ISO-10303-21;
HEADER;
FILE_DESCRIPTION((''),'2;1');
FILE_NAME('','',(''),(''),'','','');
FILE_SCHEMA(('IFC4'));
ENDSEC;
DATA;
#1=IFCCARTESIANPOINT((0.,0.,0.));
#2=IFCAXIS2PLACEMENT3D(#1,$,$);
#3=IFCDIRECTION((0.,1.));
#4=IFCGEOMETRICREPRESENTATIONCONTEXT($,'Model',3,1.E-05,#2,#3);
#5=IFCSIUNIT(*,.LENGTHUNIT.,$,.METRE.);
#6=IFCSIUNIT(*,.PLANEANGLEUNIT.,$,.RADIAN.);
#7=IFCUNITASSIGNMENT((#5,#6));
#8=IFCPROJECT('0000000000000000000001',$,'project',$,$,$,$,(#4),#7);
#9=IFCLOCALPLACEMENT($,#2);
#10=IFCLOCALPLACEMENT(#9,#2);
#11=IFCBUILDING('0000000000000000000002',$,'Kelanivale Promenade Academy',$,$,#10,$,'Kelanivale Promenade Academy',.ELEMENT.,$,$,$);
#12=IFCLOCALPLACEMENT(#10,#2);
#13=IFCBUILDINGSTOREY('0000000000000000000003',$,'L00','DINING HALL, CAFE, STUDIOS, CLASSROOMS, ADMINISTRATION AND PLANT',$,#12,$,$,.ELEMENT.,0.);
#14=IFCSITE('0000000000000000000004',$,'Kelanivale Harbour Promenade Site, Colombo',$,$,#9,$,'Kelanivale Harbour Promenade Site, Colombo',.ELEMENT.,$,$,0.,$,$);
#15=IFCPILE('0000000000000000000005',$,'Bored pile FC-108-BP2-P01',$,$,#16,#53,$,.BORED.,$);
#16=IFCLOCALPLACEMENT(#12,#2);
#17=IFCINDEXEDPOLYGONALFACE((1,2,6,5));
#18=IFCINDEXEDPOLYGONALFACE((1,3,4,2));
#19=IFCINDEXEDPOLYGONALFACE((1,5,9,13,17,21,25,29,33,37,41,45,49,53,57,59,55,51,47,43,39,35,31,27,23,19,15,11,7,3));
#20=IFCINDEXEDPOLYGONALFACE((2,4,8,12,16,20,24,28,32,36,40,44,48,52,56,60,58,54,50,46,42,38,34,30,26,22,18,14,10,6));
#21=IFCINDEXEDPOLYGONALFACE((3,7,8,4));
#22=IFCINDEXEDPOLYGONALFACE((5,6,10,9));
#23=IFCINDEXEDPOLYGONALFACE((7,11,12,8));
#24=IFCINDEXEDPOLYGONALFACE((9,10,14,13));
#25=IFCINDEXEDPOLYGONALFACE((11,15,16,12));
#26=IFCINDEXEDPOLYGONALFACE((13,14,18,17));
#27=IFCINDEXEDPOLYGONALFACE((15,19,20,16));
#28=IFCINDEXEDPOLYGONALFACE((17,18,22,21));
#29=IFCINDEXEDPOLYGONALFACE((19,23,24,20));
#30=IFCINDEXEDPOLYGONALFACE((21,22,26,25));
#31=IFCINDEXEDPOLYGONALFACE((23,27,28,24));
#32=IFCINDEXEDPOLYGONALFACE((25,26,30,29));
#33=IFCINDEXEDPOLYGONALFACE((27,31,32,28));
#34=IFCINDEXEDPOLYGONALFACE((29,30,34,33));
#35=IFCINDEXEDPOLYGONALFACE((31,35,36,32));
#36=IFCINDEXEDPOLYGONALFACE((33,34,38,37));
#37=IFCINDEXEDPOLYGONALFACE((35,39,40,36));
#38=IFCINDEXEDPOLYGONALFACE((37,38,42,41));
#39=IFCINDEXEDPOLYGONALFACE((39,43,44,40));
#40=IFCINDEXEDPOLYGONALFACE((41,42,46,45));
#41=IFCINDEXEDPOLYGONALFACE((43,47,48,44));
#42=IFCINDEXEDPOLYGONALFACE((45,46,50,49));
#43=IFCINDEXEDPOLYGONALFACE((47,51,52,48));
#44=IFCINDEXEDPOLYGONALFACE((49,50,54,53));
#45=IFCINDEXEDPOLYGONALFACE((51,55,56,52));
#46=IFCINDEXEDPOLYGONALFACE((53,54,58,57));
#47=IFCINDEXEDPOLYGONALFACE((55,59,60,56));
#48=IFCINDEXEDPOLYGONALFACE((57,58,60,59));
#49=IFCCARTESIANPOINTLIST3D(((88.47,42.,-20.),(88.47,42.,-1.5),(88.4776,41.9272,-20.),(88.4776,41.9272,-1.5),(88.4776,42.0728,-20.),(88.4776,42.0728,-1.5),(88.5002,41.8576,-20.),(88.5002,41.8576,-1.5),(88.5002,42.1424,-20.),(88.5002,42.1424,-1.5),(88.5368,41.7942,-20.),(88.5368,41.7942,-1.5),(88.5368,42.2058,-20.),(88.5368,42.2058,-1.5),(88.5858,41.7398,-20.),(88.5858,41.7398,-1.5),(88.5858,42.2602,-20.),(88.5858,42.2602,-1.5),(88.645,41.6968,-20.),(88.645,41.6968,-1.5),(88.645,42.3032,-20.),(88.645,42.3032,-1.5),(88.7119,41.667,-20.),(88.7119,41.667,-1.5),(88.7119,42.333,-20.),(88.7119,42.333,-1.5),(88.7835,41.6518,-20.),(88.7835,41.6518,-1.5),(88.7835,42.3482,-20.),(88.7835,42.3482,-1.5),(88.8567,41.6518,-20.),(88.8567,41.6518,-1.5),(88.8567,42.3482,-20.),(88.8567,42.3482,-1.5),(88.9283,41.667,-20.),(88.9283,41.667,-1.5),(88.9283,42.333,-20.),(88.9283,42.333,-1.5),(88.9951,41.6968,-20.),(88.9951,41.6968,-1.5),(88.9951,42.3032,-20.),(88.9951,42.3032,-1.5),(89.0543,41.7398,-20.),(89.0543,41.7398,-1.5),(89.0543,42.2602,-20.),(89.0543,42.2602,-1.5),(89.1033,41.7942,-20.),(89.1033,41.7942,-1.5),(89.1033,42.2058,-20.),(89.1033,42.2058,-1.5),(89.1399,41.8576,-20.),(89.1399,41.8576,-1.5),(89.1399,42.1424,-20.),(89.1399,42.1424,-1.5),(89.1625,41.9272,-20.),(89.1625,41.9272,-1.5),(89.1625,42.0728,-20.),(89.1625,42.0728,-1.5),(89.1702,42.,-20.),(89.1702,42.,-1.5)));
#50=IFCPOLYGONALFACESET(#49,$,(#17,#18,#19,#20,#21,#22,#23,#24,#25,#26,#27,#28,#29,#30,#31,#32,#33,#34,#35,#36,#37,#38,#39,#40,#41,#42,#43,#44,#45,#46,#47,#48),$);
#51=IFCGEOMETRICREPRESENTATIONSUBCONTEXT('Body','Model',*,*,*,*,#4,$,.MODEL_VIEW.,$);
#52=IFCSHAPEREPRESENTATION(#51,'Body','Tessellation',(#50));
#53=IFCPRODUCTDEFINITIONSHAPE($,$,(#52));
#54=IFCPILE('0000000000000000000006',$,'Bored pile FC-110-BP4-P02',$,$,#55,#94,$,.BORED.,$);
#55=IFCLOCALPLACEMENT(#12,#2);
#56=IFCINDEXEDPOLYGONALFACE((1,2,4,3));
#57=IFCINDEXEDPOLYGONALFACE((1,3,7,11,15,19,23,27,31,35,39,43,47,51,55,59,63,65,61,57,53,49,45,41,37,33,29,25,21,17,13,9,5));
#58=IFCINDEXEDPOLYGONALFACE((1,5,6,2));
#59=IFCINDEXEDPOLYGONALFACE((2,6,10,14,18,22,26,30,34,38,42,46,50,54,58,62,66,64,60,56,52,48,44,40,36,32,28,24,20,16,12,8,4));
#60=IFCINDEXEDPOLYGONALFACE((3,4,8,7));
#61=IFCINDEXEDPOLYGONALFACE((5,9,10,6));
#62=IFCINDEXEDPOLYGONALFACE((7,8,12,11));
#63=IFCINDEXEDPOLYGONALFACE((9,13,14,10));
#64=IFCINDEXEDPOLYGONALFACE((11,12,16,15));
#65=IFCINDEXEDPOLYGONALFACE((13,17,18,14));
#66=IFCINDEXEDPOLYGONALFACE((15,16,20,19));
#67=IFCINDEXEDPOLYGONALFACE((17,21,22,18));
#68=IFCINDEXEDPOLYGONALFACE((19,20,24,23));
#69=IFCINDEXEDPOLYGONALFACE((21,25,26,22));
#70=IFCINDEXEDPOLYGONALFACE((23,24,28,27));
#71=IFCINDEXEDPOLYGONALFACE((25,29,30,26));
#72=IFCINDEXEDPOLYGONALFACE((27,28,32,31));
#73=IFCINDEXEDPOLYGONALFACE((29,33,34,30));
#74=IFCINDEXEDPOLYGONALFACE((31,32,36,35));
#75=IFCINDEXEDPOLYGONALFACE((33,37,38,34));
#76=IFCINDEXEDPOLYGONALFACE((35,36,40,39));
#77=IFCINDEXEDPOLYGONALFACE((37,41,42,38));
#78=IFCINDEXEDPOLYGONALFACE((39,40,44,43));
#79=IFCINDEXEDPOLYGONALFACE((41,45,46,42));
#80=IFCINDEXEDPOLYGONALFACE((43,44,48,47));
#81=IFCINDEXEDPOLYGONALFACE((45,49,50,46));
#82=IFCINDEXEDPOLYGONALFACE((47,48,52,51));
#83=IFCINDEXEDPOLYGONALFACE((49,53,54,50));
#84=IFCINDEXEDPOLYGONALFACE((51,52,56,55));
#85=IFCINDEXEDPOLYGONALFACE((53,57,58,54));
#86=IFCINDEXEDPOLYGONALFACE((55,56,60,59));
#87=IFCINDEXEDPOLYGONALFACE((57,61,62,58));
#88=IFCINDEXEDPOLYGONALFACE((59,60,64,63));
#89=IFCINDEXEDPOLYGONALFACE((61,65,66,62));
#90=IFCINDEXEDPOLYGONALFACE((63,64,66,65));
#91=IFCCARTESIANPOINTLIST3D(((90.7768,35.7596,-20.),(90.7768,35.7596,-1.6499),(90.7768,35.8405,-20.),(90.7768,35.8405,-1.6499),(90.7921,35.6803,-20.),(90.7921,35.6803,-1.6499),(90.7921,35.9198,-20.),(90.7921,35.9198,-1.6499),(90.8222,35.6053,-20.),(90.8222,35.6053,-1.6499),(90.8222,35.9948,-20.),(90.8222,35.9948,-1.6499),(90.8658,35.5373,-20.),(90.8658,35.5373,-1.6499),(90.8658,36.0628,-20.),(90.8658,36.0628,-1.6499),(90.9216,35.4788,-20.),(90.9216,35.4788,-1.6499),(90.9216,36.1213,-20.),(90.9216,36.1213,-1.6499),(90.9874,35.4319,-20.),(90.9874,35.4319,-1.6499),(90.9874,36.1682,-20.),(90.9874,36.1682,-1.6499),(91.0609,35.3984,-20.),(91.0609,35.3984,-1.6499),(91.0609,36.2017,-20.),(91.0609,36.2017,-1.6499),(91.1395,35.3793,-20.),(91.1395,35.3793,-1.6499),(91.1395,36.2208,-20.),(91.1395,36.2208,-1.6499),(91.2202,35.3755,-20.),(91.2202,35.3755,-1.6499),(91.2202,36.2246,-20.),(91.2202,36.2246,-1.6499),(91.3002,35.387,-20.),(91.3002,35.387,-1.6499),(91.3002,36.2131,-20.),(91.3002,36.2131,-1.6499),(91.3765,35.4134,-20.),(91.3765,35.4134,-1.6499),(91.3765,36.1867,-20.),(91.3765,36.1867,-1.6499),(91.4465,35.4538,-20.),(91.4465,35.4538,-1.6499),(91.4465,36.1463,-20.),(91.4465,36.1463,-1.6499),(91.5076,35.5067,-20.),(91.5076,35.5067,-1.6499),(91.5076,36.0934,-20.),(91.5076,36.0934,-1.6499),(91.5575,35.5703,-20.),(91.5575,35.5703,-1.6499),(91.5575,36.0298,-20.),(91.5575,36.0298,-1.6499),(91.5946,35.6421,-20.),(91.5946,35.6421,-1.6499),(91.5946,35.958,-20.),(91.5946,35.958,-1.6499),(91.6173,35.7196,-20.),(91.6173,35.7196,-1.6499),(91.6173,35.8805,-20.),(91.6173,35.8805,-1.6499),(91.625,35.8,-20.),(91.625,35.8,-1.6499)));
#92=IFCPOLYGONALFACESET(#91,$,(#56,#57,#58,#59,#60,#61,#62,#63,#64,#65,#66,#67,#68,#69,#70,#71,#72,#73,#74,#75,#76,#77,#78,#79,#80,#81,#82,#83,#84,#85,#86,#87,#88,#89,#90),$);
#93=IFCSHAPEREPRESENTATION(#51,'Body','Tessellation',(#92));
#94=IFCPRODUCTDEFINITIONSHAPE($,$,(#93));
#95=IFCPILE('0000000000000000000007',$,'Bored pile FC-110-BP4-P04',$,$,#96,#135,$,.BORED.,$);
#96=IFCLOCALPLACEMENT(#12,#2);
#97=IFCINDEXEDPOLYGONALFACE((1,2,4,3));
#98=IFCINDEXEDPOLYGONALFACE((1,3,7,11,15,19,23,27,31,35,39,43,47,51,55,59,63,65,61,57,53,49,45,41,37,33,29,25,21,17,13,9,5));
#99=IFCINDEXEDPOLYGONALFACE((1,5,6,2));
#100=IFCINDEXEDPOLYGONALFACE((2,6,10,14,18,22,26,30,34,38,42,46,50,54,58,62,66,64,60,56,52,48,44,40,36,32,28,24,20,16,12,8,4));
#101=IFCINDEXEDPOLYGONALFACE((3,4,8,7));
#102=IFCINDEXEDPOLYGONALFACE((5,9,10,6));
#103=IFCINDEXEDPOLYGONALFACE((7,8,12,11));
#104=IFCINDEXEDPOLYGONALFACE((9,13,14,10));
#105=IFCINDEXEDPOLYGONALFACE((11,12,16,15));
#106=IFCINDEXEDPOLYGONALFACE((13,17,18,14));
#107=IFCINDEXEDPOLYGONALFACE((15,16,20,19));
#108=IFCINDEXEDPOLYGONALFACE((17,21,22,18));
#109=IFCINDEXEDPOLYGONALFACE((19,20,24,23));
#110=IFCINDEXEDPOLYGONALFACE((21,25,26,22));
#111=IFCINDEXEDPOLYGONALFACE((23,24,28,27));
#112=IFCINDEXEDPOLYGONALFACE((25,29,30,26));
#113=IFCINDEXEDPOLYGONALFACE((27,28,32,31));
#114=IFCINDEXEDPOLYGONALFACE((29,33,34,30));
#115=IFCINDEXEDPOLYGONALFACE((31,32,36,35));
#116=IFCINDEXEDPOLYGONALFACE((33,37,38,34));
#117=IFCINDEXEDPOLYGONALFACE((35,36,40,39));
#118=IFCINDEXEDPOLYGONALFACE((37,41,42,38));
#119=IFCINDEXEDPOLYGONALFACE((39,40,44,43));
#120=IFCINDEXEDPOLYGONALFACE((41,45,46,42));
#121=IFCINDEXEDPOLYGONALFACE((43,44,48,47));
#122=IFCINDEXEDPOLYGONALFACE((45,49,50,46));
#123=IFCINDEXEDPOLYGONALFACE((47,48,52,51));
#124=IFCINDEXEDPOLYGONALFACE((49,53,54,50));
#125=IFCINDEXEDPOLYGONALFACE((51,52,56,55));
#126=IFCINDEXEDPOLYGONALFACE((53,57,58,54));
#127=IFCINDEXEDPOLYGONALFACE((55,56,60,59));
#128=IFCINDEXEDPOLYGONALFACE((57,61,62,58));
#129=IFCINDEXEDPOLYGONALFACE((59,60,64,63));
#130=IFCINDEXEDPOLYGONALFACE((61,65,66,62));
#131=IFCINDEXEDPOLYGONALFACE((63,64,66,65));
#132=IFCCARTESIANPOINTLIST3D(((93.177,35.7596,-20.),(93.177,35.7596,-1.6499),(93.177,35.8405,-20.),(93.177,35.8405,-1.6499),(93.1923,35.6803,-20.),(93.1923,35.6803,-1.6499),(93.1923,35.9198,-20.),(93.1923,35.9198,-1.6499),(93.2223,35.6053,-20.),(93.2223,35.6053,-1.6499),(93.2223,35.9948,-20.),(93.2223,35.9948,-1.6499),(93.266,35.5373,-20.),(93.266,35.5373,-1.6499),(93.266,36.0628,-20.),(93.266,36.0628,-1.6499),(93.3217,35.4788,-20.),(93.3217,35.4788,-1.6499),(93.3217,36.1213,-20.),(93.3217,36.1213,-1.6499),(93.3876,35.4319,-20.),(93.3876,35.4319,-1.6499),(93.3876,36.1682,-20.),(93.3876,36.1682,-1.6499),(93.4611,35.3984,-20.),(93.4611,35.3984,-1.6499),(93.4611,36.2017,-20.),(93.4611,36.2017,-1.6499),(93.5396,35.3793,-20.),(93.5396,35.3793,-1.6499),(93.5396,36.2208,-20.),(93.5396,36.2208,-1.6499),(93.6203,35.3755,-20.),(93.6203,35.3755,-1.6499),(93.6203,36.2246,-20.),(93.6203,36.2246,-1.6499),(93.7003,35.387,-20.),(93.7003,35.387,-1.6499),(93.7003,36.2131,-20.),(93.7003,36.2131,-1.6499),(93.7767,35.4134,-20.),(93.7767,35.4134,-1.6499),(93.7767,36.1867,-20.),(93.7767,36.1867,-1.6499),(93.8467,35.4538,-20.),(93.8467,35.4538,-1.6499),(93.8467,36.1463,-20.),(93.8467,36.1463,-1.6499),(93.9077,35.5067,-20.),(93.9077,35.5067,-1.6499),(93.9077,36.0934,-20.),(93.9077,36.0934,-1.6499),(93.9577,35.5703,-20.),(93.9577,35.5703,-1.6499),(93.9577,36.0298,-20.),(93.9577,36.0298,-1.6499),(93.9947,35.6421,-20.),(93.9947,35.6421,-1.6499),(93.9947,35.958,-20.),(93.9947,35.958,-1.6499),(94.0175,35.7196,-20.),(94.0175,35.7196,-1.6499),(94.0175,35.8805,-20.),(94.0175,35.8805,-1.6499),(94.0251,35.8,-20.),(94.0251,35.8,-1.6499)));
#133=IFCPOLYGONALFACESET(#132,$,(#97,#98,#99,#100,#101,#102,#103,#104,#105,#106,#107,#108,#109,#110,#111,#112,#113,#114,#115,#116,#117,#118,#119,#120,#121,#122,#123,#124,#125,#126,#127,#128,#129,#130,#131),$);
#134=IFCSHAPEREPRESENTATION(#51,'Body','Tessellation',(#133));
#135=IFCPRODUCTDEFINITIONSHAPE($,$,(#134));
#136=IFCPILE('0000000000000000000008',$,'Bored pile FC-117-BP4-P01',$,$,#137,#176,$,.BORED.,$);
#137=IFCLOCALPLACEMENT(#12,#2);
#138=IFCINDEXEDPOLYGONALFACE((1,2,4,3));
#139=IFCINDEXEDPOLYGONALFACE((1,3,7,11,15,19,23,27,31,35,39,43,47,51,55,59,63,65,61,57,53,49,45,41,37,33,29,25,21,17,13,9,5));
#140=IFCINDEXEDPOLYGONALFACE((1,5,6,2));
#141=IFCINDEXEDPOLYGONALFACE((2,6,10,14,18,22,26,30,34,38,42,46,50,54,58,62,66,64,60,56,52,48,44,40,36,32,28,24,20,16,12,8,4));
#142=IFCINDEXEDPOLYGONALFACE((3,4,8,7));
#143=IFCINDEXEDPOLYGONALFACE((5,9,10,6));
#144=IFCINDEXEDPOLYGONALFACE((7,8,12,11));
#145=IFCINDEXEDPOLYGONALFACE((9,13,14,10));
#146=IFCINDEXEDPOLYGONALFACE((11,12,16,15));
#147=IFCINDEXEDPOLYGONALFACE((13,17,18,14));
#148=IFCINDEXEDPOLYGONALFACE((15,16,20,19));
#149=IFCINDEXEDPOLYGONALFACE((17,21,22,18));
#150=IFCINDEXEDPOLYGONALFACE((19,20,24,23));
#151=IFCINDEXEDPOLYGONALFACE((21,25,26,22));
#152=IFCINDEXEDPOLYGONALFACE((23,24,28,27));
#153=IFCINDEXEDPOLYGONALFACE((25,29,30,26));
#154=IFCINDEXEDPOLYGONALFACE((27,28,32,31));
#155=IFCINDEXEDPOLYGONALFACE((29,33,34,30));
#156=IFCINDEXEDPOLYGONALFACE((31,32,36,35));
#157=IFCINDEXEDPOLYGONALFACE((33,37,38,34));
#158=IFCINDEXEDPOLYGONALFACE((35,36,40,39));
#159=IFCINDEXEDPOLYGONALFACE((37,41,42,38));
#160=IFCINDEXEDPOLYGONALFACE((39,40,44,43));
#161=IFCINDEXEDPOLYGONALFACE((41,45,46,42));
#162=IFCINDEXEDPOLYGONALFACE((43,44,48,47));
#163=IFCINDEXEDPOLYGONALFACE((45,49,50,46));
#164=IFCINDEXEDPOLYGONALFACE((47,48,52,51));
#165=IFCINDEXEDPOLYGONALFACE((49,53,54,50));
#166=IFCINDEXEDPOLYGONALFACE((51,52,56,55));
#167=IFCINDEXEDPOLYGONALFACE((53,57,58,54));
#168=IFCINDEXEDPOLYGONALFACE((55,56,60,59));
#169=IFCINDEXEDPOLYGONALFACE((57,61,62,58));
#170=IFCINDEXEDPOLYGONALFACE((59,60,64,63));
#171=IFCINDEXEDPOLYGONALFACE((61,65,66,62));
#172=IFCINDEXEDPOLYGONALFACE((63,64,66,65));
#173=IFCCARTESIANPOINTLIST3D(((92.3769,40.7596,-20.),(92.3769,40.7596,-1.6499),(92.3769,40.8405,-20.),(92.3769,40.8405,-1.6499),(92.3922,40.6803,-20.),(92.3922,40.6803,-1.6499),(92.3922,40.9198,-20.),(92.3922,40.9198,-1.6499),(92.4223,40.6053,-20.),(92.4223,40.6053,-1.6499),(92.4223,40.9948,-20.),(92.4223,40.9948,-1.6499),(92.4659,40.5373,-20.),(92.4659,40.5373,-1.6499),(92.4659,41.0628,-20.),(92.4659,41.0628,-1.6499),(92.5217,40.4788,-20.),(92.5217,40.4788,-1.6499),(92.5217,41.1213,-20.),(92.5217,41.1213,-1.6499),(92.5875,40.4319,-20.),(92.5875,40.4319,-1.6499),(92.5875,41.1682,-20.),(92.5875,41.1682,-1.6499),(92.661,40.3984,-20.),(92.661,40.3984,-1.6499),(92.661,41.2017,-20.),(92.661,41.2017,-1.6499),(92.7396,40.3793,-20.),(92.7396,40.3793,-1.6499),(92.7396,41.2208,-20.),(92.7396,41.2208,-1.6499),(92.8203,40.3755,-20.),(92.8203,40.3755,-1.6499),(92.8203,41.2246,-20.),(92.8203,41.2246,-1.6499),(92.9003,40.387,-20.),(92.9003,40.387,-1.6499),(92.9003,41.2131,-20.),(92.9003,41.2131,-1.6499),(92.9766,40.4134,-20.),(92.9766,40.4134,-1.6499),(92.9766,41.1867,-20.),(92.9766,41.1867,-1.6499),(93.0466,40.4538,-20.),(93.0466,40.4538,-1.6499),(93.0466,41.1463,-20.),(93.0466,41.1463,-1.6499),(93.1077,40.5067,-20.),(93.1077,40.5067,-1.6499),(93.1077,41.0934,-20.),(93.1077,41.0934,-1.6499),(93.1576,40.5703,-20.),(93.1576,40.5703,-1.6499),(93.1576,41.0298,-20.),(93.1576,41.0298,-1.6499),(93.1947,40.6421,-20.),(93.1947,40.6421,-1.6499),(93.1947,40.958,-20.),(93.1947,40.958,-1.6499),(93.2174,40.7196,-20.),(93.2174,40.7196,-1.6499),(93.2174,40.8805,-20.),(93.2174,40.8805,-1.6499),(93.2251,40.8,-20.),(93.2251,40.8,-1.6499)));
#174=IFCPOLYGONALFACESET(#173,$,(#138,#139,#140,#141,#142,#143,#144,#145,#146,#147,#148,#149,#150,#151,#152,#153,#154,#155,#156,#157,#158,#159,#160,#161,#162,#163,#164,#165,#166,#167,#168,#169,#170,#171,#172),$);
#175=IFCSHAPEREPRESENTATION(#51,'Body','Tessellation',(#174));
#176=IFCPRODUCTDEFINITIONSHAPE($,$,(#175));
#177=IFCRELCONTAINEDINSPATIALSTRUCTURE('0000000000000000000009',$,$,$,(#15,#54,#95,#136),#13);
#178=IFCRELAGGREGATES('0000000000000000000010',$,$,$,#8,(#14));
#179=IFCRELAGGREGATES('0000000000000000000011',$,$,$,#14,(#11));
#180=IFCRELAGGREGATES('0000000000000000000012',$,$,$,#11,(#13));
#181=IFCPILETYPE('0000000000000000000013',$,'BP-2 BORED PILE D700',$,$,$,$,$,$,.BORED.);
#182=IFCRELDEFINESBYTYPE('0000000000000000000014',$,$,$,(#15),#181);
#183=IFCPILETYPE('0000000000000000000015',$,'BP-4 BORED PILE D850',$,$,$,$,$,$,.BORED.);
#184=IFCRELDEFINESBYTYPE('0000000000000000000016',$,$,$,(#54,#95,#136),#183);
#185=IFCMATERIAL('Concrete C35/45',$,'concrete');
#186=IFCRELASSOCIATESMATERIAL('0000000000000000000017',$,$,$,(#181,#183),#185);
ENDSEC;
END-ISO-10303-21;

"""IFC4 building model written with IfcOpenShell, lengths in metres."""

from ifc_helpers import new_model, si_unit, direction, frame, origin, origin_2d, place, context, subcontext, project, spatial, circle, extrude, material, material_profile, profile_set, type_object, element, save


model = new_model("IFC4")

# Units and contexts
model_context = context("Model", 3, precision=1e-05, world=origin(), true_north=direction((0.0, 1.0)))
body_context = subcontext(model_context, "Body", "Model", "MODEL_VIEW")
ifc_project = project(units=[si_unit("LENGTHUNIT", "METRE"), si_unit("PLANEANGLEUNIT", "RADIAN")], contexts=[model_context])

# Site, building, storey
site_placement = place(None, origin())
site = spatial("IfcSite", under=ifc_project, at=site_placement, Name="Kelanivale Harbour Promenade Site, Colombo", LongName="Kelanivale Harbour Promenade Site, Colombo", CompositionType="ELEMENT", RefElevation=0.0)
building_placement = place(site_placement, origin())
building = spatial("IfcBuilding", under=site, at=building_placement, Name="Kelanivale Promenade Academy", LongName="Kelanivale Promenade Academy", CompositionType="ELEMENT")
storey_placement = place(building_placement, origin())
storey = spatial("IfcBuildingStorey", under=building, at=storey_placement, Name="L00", Description="DINING HALL, CAFE, STUDIOS, CLASSROOMS, ADMINISTRATION AND PLANT", CompositionType="ELEMENT", Elevation=0.0)

# Piles
ifc_material_1 = material(Name="Concrete C35/45", Category="concrete")
ifc_material_profile_1 = material_profile(ifc_material_1, circle(Radius=0.3501, at=origin_2d()), Name="BORED PILE D700")
ifc_profile_set_1 = profile_set([ifc_material_profile_1], Name="Concrete C35/45")
pile_type_1 = type_object("IfcPileType", Name="BP-2 BORED PILE D700", PredefinedType="BORED", material=ifc_profile_set_1)
pile_placement = place(storey_placement, frame((88.8201, 42.0, -1.5), z_axis=(0.0, 0.0, -1.0), x_axis=(1.0, 0.0, 0.0)))
element("IfcPile", 1, at=pile_placement, inside=storey, type_object=pile_type_1, Name="Bored pile FC-108-BP2-P01", PredefinedType="BORED", context=body_context, shape_type="SweptSolid", body=[
    extrude(circle(Radius=0.3501, at=origin_2d()), origin(), (0.0, 0.0, 1.0), 18.5),
])
ifc_material_profile_2 = material_profile(ifc_material_1, circle(Radius=0.425, at=origin_2d()), Name="BORED PILE D850")
ifc_profile_set_2 = profile_set([ifc_material_profile_2], Name="Concrete C35/45")
pile_type_2 = type_object("IfcPileType", Name="BP-4 BORED PILE D850", PredefinedType="BORED", material=ifc_profile_set_2)
for number, where, z_axis, x_axis, name in (
    (2, (91.2, 35.8, -1.6499), (0.0, 0.0, -1.0), (1.0, 0.0, 0.0), "Bored pile FC-110-BP4-P02"),
    (3, (93.6001, 35.8, -1.6499), (0.0, 0.0, -1.0), (1.0, 0.0, 0.0), "Bored pile FC-110-BP4-P04"),
    (4, (92.8, 40.8, -1.6499), (0.0, 0.0, -1.0), (1.0, 0.0, 0.0), "Bored pile FC-117-BP4-P01"),
):
    element("IfcPile", number, at=place(storey_placement, frame(where, z_axis=z_axis, x_axis=x_axis)), inside=storey, type_object=pile_type_2, Name=name, PredefinedType="BORED", context=body_context, shape_type="SweptSolid", body=[
        extrude(circle(Radius=0.425, at=origin_2d()), origin(), (0.0, 0.0, 1.0), 18.3501),
    ])

save(model, "model.ifc")
